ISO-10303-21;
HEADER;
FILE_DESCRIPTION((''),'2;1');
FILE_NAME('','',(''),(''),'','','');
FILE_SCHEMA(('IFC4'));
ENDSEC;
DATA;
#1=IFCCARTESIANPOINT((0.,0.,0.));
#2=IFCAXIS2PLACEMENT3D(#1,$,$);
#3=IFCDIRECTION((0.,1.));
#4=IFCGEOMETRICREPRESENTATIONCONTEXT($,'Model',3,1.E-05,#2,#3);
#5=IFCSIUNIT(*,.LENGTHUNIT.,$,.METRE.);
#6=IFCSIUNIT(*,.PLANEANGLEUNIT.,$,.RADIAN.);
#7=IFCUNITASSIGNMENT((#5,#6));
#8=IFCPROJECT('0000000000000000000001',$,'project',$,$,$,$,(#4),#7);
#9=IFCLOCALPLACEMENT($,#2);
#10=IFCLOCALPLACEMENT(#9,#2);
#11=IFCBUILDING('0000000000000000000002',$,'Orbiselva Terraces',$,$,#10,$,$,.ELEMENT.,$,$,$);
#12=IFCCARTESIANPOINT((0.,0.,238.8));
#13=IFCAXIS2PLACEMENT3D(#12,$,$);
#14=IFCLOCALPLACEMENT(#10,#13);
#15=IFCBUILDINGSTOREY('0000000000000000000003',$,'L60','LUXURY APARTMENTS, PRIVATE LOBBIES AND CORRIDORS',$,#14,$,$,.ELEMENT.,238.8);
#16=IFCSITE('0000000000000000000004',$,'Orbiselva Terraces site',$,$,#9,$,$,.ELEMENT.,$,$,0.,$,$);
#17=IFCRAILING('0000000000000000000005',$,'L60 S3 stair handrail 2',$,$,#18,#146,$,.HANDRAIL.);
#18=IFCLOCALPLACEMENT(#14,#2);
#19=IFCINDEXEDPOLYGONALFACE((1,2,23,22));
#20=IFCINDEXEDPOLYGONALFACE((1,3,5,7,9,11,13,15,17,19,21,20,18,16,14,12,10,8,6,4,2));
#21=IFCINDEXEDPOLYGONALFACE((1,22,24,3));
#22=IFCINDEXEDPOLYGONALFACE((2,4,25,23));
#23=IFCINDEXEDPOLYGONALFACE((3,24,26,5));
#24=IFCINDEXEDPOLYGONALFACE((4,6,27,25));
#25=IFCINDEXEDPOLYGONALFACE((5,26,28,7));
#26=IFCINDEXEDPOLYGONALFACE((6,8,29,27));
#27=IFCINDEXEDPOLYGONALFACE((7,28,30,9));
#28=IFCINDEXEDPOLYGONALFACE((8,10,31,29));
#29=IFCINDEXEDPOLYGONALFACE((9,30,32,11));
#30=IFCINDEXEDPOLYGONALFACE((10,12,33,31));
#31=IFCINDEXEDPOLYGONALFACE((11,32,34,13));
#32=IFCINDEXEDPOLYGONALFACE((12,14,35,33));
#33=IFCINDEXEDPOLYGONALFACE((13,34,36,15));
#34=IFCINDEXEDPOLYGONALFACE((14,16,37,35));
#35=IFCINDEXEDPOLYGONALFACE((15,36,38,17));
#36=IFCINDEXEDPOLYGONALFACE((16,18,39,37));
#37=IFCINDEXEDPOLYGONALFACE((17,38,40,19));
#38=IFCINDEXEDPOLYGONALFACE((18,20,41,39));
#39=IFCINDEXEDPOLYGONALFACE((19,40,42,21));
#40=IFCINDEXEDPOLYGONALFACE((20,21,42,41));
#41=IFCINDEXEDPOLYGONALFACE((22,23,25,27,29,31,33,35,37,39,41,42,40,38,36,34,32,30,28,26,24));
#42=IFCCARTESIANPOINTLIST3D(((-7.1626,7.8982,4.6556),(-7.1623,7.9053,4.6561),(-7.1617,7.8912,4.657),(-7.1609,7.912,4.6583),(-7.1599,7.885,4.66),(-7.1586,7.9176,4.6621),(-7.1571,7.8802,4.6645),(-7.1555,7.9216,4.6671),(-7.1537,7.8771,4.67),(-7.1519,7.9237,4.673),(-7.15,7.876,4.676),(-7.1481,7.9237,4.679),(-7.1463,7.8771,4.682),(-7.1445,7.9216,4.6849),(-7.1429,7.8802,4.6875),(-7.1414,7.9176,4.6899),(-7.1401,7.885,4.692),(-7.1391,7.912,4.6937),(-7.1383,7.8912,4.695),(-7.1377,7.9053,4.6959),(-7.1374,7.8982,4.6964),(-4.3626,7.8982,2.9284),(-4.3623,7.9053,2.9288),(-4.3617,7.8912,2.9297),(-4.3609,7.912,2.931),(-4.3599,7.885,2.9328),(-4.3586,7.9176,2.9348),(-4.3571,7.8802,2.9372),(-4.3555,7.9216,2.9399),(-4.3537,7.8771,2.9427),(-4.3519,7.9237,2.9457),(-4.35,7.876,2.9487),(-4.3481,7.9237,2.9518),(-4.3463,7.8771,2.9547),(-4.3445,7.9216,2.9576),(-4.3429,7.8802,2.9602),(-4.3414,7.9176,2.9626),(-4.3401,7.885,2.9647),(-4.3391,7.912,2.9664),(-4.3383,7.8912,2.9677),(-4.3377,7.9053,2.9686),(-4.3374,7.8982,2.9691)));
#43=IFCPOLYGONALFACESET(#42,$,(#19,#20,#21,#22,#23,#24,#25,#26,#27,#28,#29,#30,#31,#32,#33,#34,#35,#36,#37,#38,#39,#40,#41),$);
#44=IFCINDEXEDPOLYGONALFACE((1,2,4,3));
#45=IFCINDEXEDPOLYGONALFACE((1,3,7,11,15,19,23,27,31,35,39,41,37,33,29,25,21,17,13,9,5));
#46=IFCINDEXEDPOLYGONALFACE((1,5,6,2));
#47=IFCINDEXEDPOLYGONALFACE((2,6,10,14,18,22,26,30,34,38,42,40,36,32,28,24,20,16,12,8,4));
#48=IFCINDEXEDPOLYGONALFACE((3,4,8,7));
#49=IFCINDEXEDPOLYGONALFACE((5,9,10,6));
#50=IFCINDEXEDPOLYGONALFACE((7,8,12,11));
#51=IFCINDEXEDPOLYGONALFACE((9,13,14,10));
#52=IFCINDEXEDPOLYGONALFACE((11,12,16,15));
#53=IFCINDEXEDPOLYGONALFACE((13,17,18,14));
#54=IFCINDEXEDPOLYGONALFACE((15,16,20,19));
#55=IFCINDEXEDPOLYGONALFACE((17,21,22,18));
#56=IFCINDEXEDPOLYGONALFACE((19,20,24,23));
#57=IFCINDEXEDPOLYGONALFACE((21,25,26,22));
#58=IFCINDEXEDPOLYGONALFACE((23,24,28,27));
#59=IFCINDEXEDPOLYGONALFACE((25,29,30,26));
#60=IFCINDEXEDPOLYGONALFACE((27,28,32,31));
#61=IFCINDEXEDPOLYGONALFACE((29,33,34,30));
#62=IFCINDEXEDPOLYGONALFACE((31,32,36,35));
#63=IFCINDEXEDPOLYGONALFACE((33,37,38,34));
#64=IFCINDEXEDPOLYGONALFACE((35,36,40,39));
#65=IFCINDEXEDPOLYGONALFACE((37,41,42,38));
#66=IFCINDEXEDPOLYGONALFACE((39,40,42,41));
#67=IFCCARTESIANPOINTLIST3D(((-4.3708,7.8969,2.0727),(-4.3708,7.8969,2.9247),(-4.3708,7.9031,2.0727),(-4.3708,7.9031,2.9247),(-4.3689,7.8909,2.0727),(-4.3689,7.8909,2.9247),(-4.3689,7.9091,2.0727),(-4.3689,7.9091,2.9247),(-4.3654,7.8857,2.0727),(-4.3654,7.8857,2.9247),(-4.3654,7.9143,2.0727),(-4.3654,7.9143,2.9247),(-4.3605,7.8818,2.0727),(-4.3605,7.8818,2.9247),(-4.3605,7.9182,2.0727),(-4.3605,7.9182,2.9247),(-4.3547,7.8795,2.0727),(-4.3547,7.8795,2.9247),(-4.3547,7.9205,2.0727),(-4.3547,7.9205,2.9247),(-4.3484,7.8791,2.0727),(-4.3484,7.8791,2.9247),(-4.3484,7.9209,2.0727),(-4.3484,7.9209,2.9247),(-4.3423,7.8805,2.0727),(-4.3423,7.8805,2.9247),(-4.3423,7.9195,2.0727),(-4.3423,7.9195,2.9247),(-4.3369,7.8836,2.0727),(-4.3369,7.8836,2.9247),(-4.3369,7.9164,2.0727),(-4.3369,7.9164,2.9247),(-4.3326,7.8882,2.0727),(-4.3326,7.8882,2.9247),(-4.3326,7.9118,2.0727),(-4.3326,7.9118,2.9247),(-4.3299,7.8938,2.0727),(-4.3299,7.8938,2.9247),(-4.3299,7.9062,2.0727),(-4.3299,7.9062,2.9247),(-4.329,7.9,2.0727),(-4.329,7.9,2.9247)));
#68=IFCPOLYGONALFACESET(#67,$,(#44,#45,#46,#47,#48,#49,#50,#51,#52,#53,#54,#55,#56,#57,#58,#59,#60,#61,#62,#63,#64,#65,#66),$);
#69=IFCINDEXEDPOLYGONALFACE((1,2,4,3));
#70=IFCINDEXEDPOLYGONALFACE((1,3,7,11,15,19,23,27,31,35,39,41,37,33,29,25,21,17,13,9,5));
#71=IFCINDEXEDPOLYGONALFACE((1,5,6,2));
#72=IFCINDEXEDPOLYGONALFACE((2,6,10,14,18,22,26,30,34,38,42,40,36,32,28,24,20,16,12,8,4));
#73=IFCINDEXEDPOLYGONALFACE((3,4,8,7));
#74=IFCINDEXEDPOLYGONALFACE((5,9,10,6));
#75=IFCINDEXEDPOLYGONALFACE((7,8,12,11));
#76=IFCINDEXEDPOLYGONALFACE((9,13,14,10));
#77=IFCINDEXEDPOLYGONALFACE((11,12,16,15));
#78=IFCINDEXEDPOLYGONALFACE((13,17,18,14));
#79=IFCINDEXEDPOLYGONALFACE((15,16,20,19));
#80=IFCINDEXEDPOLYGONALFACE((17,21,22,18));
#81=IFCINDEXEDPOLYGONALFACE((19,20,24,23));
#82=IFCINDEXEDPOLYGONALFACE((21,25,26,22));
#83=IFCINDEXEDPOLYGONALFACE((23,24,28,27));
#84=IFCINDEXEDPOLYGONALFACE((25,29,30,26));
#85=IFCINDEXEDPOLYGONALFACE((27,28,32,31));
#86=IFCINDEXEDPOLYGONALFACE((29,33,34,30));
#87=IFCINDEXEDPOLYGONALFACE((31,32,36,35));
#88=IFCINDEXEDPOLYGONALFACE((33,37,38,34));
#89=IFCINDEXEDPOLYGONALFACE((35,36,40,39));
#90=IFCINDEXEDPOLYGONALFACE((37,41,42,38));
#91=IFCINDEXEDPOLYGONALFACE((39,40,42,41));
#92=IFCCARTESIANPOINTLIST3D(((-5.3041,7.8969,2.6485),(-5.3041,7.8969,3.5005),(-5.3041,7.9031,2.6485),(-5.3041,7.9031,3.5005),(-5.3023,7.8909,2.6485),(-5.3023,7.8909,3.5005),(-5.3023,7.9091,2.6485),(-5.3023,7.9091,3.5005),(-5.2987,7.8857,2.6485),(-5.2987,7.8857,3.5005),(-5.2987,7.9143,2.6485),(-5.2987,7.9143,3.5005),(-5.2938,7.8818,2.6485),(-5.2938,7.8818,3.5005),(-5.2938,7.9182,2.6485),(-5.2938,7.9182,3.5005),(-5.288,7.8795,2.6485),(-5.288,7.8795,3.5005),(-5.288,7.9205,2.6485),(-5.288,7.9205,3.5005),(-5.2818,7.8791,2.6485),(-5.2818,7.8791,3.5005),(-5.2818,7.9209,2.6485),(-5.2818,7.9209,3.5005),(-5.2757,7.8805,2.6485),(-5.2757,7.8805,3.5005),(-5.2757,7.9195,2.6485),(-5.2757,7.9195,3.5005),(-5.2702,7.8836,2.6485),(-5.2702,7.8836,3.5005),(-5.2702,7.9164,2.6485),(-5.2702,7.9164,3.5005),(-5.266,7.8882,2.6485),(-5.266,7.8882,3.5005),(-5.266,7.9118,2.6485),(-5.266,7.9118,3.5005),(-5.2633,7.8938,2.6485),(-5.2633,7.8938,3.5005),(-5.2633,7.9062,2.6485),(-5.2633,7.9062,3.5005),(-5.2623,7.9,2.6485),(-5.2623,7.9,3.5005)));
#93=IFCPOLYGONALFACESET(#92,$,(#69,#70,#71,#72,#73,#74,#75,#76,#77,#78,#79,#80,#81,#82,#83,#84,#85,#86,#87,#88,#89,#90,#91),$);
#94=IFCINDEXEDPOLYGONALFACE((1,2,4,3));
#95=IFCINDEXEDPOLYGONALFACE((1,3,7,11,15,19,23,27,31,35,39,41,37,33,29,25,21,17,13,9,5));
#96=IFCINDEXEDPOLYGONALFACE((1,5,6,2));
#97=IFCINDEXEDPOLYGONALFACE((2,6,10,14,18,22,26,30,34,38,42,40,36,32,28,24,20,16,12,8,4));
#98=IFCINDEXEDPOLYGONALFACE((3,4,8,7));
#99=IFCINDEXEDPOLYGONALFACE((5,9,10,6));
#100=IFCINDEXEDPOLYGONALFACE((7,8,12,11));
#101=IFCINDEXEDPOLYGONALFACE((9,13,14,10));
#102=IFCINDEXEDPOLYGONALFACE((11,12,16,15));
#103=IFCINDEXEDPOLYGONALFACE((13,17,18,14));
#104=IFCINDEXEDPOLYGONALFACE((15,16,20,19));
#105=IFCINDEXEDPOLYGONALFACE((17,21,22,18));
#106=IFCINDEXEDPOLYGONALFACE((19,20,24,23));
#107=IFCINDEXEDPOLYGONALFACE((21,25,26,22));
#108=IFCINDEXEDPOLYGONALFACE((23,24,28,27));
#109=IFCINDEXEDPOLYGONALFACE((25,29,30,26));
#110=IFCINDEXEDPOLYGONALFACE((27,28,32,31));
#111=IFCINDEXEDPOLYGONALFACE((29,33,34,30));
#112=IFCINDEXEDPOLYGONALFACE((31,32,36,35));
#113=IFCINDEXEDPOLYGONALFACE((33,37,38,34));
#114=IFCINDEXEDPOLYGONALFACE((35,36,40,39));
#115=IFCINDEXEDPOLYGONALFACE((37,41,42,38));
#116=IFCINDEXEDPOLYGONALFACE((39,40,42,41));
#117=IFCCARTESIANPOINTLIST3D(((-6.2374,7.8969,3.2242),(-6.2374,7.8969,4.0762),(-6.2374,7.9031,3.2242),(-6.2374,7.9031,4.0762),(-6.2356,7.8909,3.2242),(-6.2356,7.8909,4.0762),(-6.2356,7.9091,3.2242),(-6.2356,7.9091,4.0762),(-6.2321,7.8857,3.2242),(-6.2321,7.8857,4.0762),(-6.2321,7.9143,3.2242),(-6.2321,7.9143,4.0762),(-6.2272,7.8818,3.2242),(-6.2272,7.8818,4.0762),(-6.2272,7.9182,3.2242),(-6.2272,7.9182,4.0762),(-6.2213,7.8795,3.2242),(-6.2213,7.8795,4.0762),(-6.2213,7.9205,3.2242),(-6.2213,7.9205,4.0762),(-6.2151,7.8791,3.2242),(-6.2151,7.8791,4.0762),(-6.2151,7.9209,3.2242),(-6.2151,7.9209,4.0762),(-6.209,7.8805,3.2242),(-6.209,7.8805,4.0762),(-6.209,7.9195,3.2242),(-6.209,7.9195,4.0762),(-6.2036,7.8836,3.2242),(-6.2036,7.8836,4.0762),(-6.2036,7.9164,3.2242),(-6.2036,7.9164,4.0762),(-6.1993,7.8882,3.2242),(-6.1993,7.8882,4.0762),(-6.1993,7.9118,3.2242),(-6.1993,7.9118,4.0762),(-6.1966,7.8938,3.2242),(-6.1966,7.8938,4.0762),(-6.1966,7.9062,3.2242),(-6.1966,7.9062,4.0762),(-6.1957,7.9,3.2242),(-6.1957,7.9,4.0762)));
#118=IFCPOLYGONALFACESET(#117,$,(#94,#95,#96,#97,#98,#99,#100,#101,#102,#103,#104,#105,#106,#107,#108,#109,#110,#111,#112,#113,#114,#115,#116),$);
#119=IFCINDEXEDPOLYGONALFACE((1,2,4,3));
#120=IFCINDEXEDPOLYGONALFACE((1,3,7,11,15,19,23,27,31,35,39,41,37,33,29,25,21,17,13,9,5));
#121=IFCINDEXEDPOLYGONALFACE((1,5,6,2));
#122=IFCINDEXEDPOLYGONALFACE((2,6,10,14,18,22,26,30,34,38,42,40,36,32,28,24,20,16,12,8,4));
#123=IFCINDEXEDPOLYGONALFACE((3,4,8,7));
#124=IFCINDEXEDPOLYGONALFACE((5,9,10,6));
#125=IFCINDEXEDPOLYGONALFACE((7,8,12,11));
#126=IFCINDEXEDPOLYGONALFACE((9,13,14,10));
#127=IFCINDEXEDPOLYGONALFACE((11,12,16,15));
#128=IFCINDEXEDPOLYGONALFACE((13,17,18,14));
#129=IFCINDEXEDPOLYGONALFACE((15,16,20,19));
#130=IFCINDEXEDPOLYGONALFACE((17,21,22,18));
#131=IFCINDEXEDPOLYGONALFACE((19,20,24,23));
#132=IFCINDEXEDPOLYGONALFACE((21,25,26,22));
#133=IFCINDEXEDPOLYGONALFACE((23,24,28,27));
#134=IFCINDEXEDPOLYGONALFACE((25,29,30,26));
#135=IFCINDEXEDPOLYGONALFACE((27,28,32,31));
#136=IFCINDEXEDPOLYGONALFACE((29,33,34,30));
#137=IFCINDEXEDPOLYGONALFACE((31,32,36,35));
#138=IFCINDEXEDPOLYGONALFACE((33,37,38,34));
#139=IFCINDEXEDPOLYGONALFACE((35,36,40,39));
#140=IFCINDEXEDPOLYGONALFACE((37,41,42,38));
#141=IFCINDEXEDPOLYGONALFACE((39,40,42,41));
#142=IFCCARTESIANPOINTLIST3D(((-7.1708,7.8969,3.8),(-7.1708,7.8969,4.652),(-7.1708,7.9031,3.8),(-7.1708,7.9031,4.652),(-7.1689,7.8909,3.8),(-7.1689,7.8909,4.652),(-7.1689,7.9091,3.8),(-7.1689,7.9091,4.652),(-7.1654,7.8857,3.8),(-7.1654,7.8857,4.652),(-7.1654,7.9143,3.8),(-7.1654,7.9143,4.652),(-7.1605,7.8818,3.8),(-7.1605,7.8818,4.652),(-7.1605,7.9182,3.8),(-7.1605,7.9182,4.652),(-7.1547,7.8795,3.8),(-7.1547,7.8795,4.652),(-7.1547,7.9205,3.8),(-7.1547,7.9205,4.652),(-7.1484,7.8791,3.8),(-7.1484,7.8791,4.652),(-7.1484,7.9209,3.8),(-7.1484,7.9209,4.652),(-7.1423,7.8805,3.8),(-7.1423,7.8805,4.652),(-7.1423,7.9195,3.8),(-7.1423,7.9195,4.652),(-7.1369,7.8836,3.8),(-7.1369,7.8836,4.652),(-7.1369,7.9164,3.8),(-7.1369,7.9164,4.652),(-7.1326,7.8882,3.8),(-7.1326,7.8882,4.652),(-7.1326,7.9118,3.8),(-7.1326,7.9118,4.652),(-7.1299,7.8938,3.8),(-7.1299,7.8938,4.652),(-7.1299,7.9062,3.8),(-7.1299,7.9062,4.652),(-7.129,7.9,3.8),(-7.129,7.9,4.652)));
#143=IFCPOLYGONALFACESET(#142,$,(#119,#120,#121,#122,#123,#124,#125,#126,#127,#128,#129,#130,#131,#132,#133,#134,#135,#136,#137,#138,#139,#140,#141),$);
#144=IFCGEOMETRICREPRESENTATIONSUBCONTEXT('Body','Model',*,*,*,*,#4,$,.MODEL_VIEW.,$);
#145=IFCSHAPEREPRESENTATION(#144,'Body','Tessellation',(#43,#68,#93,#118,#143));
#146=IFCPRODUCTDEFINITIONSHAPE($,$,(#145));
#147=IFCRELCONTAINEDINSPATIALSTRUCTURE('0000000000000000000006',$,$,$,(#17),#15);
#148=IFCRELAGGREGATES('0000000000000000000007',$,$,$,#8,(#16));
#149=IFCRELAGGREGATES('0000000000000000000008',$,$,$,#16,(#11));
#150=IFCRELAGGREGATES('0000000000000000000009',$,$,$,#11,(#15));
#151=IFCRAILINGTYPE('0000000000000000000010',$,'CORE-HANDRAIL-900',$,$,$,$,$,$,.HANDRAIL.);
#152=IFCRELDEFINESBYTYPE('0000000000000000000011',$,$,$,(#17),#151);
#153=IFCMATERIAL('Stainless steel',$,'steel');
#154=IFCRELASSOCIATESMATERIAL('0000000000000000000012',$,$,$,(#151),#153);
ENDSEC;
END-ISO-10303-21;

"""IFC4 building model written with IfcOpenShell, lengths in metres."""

from ifc_helpers import new_model, si_unit, direction, frame, origin, origin_2d, place, context, subcontext, project, spatial, circle, extrude, material, type_object, element, save


model = new_model("IFC4")

# Units and contexts
model_context = context("Model", 3, precision=1e-05, world=origin(), true_north=direction((0.0, 1.0)))
body_context = subcontext(model_context, "Body", "Model", "MODEL_VIEW")
ifc_project = project(units=[si_unit("LENGTHUNIT", "METRE"), si_unit("PLANEANGLEUNIT", "RADIAN")], contexts=[model_context])

# Site, building, storey
site_placement = place(None, origin())
site = spatial("IfcSite", under=ifc_project, at=site_placement, Name="Orbiselva Terraces site", CompositionType="ELEMENT", RefElevation=0.0)
building_placement = place(site_placement, origin())
building = spatial("IfcBuilding", under=site, at=building_placement, Name="Orbiselva Terraces", CompositionType="ELEMENT")
storey_placement = place(building_placement, frame((0.0, 0.0, 238.8)))
storey = spatial("IfcBuildingStorey", under=building, at=storey_placement, Name="L60", Description="LUXURY APARTMENTS, PRIVATE LOBBIES AND CORRIDORS", CompositionType="ELEMENT", Elevation=238.8)

# Railing
ifc_material_1 = material(Name="Stainless steel", Category="steel")
railing_type_1 = type_object("IfcRailingType", Name="CORE-HANDRAIL-900", PredefinedType="HANDRAIL", material=ifc_material_1)
railing_1_placement = place(storey_placement, frame((-4.35, 7.9, 2.0727)))
element("IfcRailing", 1, at=railing_1_placement, inside=storey, type_object=railing_type_1, Name="L60 S3 stair handrail 2", PredefinedType="HANDRAIL", context=body_context, shape_type="SweptSolid", body=[
    extrude(circle(Radius=0.024, at=origin_2d()), frame((0.0, 0.0, 0.876), z_axis=(-0.851089, 0.0, 0.525022), x_axis=(0.0, -1.0, 0.0)), (0.0, 0.0, 1.0), 3.2899),
    extrude(circle(Radius=0.021, at=origin_2d()), origin(), (0.0, 0.0, 1.0), 0.852),
    extrude(circle(Radius=0.021, at=origin_2d()), frame((-0.9333, 0.0, 0.5758)), (0.0, 0.0, 1.0), 0.852),
    extrude(circle(Radius=0.021, at=origin_2d()), frame((-1.8667, 0.0, 1.1515)), (0.0, 0.0, 1.0), 0.852),
    extrude(circle(Radius=0.021, at=origin_2d()), frame((-2.8, 0.0, 1.7273)), (0.0, 0.0, 1.0), 0.852),
])

save(model, "model.ifc")
